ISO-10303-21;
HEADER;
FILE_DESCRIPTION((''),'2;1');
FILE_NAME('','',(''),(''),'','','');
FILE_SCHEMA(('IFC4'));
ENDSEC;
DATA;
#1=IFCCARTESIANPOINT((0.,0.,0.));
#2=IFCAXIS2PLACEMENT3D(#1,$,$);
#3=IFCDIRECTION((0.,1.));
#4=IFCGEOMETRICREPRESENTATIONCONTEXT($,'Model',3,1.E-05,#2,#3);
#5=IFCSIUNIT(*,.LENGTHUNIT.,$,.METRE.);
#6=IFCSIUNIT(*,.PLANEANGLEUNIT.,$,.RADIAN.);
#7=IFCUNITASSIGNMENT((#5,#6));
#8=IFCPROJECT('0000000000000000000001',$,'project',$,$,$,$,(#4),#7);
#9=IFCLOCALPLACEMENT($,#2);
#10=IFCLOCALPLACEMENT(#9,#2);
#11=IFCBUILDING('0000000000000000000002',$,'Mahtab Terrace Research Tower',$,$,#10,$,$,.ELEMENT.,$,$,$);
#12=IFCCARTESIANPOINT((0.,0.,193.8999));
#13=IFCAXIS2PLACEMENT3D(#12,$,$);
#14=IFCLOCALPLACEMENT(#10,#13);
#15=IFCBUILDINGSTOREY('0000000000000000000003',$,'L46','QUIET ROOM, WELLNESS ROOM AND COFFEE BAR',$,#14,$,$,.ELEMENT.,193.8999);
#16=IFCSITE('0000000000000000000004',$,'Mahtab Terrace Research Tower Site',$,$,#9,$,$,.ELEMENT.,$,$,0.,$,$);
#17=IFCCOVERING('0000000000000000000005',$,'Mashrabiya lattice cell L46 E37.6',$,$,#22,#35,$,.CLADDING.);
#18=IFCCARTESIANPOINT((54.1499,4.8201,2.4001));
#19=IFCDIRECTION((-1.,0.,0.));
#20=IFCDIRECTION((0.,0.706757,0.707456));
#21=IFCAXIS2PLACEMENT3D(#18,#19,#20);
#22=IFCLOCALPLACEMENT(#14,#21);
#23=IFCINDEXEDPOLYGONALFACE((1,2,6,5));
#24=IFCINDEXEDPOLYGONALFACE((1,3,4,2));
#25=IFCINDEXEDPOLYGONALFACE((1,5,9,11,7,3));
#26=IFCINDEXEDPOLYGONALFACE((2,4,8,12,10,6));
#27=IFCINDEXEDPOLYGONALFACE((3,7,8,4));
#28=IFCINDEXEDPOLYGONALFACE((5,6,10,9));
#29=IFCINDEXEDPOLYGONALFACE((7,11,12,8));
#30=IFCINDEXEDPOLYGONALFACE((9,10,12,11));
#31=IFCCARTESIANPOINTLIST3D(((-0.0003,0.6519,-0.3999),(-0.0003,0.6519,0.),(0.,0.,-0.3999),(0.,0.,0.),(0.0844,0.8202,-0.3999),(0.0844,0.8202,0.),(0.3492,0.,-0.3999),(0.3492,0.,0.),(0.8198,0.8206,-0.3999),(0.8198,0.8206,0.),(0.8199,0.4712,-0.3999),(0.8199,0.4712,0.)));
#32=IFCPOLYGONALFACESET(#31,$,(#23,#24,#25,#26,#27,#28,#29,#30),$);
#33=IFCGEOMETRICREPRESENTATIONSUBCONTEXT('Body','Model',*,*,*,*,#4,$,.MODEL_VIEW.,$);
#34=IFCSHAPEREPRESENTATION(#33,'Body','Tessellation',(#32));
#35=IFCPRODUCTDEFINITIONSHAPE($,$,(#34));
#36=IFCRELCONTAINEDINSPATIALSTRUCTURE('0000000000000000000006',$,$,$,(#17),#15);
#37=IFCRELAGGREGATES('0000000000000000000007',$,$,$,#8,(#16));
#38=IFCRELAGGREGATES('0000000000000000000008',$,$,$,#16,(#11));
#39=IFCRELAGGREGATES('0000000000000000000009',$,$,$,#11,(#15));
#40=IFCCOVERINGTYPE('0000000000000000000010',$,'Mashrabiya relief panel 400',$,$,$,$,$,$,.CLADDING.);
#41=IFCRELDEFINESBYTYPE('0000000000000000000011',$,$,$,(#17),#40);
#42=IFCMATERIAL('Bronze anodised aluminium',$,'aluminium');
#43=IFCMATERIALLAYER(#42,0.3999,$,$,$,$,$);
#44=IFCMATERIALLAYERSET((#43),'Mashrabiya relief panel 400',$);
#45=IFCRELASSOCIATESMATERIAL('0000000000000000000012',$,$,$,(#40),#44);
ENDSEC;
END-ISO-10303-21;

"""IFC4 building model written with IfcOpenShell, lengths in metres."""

from ifc_helpers import new_model, si_unit, direction, frame, origin, place, context, subcontext, project, spatial, polyline, outline, extrude, material, layer, layer_set, type_object, element, save


model = new_model("IFC4")

# Units and contexts
model_context = context("Model", 3, precision=1e-05, world=origin(), true_north=direction((0.0, 1.0)))
body_context = subcontext(model_context, "Body", "Model", "MODEL_VIEW")
ifc_project = project(units=[si_unit("LENGTHUNIT", "METRE"), si_unit("PLANEANGLEUNIT", "RADIAN")], contexts=[model_context])

# Site, building, storey
site_placement = place(None, origin())
site = spatial("IfcSite", under=ifc_project, at=site_placement, Name="Mahtab Terrace Research Tower Site", CompositionType="ELEMENT", RefElevation=0.0)
building_placement = place(site_placement, origin())
building = spatial("IfcBuilding", under=site, at=building_placement, Name="Mahtab Terrace Research Tower", CompositionType="ELEMENT")
storey_placement = place(building_placement, frame((0.0, 0.0, 193.8999)))
storey = spatial("IfcBuildingStorey", under=building, at=storey_placement, Name="L46", Description="QUIET ROOM, WELLNESS ROOM AND COFFEE BAR", CompositionType="ELEMENT", Elevation=193.8999)

# Covering
ifc_material_1 = material(Name="Bronze anodised aluminium", Category="aluminium")
ifc_layer_1 = layer(ifc_material_1, 0.3999)
ifc_layer_set_1 = layer_set([ifc_layer_1], Name="Mashrabiya relief panel 400")
covering_type_1 = type_object("IfcCoveringType", Name="Mashrabiya relief panel 400", PredefinedType="CLADDING", material=ifc_layer_set_1)
covering_1_placement = place(storey_placement, frame((54.1499, 4.8201, 2.4001), z_axis=(-1.0, 0.0, 0.0), x_axis=(0.0, 0.706757, 0.707456)))
element("IfcCovering", 1, at=covering_1_placement, inside=storey, type_object=covering_type_1, Name="Mashrabiya lattice cell L46 E37.6", PredefinedType="CLADDING", context=body_context, shape_type="SweptSolid", body=[
    extrude(outline(polyline([(0.0, 0.0), (0.3492, 0.0), (0.8199, 0.4712), (0.8198, 0.8206), (0.0844, 0.8202), (-0.0003, 0.6519), (0.0, 0.0)])), origin(), (0.0, 0.0, -1.0), 0.3999),
])

save(model, "model.ifc")
